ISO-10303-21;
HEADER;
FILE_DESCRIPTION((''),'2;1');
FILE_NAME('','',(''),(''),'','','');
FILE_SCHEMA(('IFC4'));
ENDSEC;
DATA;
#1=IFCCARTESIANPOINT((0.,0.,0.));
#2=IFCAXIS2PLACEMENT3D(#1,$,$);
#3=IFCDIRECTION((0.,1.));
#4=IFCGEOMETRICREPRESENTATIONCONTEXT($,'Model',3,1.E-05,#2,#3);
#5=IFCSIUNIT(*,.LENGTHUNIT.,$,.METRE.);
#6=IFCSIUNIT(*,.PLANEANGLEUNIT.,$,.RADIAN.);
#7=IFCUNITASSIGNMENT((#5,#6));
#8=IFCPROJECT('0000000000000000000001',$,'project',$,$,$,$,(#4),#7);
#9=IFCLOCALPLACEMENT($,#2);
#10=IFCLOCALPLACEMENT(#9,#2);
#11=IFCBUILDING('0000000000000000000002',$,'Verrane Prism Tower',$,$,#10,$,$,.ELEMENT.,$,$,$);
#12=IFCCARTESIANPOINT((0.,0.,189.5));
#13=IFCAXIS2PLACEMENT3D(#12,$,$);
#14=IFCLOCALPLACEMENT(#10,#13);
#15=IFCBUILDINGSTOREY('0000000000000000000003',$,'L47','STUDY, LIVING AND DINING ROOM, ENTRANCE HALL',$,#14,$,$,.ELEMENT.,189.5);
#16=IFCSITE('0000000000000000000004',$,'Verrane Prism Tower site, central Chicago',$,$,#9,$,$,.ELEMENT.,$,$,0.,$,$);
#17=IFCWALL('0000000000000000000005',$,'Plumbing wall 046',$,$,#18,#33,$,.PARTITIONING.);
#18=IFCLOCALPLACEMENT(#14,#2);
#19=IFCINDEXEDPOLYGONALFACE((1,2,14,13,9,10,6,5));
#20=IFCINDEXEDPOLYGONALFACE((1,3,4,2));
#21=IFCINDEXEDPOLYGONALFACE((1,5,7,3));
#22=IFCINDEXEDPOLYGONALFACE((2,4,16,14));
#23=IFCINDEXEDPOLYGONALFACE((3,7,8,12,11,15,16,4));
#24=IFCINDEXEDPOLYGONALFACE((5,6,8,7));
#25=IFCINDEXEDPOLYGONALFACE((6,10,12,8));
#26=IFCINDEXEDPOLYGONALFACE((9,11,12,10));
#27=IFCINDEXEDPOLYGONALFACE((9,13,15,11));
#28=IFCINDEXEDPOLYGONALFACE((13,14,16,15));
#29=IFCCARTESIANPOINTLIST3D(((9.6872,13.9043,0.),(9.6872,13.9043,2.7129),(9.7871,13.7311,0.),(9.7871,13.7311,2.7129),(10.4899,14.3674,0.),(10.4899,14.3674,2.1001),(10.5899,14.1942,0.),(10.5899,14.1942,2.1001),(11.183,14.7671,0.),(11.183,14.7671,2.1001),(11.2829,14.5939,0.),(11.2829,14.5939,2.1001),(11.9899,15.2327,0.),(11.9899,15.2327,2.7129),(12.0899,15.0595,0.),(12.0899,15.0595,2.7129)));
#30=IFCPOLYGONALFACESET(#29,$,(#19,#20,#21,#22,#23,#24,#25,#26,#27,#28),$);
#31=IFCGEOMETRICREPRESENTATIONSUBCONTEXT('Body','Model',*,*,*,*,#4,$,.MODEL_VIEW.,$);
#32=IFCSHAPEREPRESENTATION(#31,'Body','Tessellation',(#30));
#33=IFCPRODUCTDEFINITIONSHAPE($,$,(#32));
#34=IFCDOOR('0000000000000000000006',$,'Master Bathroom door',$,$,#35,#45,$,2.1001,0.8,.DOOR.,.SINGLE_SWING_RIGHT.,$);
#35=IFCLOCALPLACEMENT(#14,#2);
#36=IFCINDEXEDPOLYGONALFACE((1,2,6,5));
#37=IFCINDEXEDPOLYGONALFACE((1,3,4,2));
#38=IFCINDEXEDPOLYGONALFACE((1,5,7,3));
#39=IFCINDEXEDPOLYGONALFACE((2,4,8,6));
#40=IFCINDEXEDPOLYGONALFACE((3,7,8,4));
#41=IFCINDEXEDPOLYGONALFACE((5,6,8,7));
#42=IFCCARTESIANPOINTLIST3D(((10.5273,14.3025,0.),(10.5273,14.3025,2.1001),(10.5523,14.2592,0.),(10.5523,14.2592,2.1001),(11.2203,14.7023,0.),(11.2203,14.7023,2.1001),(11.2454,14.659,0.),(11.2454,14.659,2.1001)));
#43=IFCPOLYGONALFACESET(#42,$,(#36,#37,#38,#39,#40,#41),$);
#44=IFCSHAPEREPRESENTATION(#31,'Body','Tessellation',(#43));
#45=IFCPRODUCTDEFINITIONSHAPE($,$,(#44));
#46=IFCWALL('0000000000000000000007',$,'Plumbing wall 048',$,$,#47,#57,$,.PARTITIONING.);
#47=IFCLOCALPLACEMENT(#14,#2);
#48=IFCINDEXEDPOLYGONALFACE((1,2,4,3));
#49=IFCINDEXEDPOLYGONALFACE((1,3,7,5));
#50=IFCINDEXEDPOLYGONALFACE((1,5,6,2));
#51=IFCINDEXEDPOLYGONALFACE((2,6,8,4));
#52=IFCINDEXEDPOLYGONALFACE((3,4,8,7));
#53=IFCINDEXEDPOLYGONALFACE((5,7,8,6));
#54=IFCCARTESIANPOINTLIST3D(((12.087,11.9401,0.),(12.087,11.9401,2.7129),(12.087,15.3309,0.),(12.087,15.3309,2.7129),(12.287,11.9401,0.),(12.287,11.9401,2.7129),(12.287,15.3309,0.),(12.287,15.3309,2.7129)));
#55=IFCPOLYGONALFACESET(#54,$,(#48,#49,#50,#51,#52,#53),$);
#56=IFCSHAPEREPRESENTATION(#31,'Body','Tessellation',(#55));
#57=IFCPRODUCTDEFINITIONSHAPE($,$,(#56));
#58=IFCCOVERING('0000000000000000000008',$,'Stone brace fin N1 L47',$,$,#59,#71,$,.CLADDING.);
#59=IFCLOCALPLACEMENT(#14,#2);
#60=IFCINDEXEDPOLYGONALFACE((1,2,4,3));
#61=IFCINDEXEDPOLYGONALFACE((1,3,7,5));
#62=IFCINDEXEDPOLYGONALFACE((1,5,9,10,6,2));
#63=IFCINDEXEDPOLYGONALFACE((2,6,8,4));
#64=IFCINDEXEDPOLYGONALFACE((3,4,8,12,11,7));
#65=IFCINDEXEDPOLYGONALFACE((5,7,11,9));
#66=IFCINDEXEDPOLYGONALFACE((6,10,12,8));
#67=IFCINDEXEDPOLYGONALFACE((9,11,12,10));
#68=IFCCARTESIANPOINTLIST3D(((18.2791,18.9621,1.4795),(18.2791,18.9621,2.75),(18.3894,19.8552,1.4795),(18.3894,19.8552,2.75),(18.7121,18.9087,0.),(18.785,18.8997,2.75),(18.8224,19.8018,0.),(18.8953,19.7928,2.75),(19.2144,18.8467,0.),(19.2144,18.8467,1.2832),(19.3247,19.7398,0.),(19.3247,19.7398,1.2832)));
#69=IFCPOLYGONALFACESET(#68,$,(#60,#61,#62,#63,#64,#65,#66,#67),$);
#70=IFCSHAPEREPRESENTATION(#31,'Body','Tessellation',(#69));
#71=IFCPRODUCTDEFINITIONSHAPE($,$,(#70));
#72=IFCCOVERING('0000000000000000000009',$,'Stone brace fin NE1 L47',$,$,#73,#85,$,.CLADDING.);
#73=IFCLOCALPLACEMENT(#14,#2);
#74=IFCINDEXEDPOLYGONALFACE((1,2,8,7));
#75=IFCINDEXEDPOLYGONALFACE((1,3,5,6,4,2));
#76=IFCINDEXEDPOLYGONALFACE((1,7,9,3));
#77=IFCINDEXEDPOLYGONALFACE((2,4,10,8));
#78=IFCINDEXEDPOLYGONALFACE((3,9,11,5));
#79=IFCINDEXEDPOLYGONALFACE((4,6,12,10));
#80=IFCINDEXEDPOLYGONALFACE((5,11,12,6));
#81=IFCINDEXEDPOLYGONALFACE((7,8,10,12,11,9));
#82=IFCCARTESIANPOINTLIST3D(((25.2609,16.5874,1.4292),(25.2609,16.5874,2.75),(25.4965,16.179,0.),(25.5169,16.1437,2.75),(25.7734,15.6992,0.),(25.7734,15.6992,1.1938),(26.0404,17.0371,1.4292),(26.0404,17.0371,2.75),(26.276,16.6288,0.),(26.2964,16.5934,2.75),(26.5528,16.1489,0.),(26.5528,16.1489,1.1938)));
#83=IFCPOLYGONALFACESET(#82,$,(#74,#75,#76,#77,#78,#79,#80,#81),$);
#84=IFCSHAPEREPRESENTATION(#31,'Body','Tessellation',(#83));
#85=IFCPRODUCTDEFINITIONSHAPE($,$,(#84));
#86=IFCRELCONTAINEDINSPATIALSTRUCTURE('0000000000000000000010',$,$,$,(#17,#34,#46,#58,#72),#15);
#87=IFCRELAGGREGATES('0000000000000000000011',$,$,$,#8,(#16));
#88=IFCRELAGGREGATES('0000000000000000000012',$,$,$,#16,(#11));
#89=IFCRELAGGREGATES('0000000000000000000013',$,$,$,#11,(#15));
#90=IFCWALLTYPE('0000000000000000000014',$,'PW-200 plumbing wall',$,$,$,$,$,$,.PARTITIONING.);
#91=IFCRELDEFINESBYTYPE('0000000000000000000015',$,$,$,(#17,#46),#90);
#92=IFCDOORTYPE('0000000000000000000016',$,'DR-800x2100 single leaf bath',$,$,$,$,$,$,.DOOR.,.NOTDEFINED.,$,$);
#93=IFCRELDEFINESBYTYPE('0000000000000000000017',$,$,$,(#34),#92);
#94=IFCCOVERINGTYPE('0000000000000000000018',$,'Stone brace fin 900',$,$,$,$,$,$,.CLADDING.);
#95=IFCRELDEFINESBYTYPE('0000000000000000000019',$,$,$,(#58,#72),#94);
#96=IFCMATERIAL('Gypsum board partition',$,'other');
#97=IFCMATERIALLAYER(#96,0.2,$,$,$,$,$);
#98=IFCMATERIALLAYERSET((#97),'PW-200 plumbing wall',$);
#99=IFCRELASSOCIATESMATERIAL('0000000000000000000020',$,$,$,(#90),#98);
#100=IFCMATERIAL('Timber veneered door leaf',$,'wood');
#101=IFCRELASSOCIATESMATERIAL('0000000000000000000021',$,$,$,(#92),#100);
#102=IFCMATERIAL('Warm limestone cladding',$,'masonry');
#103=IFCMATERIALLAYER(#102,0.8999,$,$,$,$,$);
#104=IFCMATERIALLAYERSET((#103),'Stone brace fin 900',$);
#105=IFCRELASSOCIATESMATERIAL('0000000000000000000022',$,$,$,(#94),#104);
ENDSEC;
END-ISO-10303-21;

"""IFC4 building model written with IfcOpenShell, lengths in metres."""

from ifc_helpers import new_model, si_unit, direction, frame, frame_2d, origin, place, context, subcontext, project, spatial, polyline, rectangle, outline, extrude, material, layer, layer_set, type_object, element, fill, save


model = new_model("IFC4")

# Units and contexts
model_context = context("Model", 3, precision=1e-05, world=origin(), true_north=direction((0.0, 1.0)))
body_context = subcontext(model_context, "Body", "Model", "MODEL_VIEW")
ifc_project = project(units=[si_unit("LENGTHUNIT", "METRE"), si_unit("PLANEANGLEUNIT", "RADIAN")], contexts=[model_context])

# Site, building, storey
site_placement = place(None, origin())
site = spatial("IfcSite", under=ifc_project, at=site_placement, Name="Verrane Prism Tower site, central Chicago", CompositionType="ELEMENT", RefElevation=0.0)
building_placement = place(site_placement, origin())
building = spatial("IfcBuilding", under=site, at=building_placement, Name="Verrane Prism Tower", CompositionType="ELEMENT")
storey_placement = place(building_placement, frame((0.0, 0.0, 189.5)))
storey = spatial("IfcBuildingStorey", under=building, at=storey_placement, Name="L47", Description="STUDY, LIVING AND DINING ROOM, ENTRANCE HALL", CompositionType="ELEMENT", Elevation=189.5)

# Wall, opening, door
ifc_material_1 = material(Name="Gypsum board partition", Category="other")
ifc_layer_1 = layer(ifc_material_1, 0.2)
ifc_layer_set_1 = layer_set([ifc_layer_1], Name="PW-200 plumbing wall")
wall_type_1 = type_object("IfcWallType", Name="PW-200 plumbing wall", PredefinedType="PARTITIONING", material=ifc_layer_set_1)
wall_1_placement = place(storey_placement, frame((12.0398, 15.146, 0.0), z_axis=(0.0, 0.0, 1.0), x_axis=(-0.866207, -0.499685, 0.0)))
wall_1 = element("IfcWall", 1, at=wall_1_placement, inside=storey, type_object=wall_type_1, Name="Plumbing wall 046", PredefinedType="PARTITIONING", context=body_context, shape_type="SweptSolid", body=[
    extrude(rectangle(XDim=2.6584, YDim=0.2, at=frame_2d((1.3291, 0.0))), origin(), (0.0, 0.0, 1.0), 2.7129),
])
opening_1_placement = place(wall_1_placement, frame((0.9316, 0.0, 0.0)))
opening_1 = element("IfcOpeningElement", 2, at=opening_1_placement, cuts=wall_1, PredefinedType="OPENING", context=body_context, shape_type="SweptSolid", body=[
    extrude(rectangle(XDim=0.8, YDim=2.1001, at=frame_2d((0.3999, 1.05))), frame((0.0, 0.1099, 0.0), z_axis=(0.0, -1.0, 0.0), x_axis=(1.0, 0.0, 0.0)), (0.0, 0.0, 1.0), 0.22),
])
ifc_material_2 = material(Name="Timber veneered door leaf", Category="wood")
door_type_1 = type_object("IfcDoorType", Name="DR-800x2100 single leaf bath", OperationType="NOTDEFINED", PredefinedType="DOOR", material=ifc_material_2)
door_1_placement = place(opening_1_placement, origin())
door_1 = element("IfcDoor", 3, at=door_1_placement, inside=storey, type_object=door_type_1, Name="Master Bathroom door", OperationType="SINGLE_SWING_RIGHT", OverallHeight=2.1001, OverallWidth=0.8, PredefinedType="DOOR", context=body_context, shape_type="SweptSolid", body=[
    extrude(rectangle(XDim=0.8, YDim=2.1001, at=frame_2d((0.3999, 1.05))), frame((0.0, 0.0249, 0.0), z_axis=(0.0, -1.0, 0.0), x_axis=(1.0, 0.0, 0.0)), (0.0, 0.0, 1.0), 0.05),
])
fill(opening_1, door_1)

# Wall
wall_2_placement = place(storey_placement, frame((12.187, 11.9402, 0.0), z_axis=(0.0, 0.0, 1.0), x_axis=(0.0, 1.0, 0.0)))
element("IfcWall", 4, at=wall_2_placement, inside=storey, type_object=wall_type_1, Name="Plumbing wall 048", PredefinedType="PARTITIONING", context=body_context, shape_type="SweptSolid", body=[
    extrude(rectangle(XDim=3.3909, YDim=0.2, at=frame_2d((1.6953, 0.0))), origin(), (0.0, 0.0, 1.0), 2.7129),
])

# Coverings
ifc_material_3 = material(Name="Warm limestone cladding", Category="masonry")
ifc_layer_2 = layer(ifc_material_3, 0.8999)
ifc_layer_set_2 = layer_set([ifc_layer_2], Name="Stone brace fin 900")
covering_type = type_object("IfcCoveringType", Name="Stone brace fin 900", PredefinedType="CLADDING", material=ifc_layer_set_2)
covering_1_placement = place(storey_placement, frame((19.2695, 19.2932, 0.0), z_axis=(0.0, 0.0, 1.0), x_axis=(-0.992464, 0.122536, 0.0)))
element("IfcCovering", 5, at=covering_1_placement, inside=storey, type_object=covering_type, Name="Stone brace fin N1 L47", PredefinedType="CLADDING", context=body_context, shape_type="SweptSolid", body=[
    extrude(outline(polyline([(0.9424, 2.75), (0.4326, 2.75), (0.0, 1.2832), (0.0, 0.0), (0.5061, 0.0), (0.9424, 1.4795), (0.9424, 2.75)])), frame((0.0, 0.45, 0.0), z_axis=(0.0, -1.0, 0.0), x_axis=(1.0, 0.0, 0.0)), (0.0, 0.0, 1.0), 0.8999),
])
covering_2_placement = place(storey_placement, frame((26.1631, 15.9241, 0.0), z_axis=(0.0, 0.0, 1.0), x_axis=(-0.49975, 0.86617, 0.0)))
element("IfcCovering", 6, at=covering_2_placement, inside=storey, type_object=covering_type, Name="Stone brace fin NE1 L47", PredefinedType="CLADDING", context=body_context, shape_type="SweptSolid", body=[
    extrude(outline(polyline([(1.0254, 2.75), (0.5132, 2.75), (0.0, 1.1938), (0.0, 0.0), (0.554, 0.0), (1.0254, 1.4292), (1.0254, 2.75)])), frame((0.0, 0.45, 0.0), z_axis=(0.0, -1.0, 0.0), x_axis=(1.0, 0.0, 0.0)), (0.0, 0.0, 1.0), 0.8999),
])

save(model, "model.ifc")
